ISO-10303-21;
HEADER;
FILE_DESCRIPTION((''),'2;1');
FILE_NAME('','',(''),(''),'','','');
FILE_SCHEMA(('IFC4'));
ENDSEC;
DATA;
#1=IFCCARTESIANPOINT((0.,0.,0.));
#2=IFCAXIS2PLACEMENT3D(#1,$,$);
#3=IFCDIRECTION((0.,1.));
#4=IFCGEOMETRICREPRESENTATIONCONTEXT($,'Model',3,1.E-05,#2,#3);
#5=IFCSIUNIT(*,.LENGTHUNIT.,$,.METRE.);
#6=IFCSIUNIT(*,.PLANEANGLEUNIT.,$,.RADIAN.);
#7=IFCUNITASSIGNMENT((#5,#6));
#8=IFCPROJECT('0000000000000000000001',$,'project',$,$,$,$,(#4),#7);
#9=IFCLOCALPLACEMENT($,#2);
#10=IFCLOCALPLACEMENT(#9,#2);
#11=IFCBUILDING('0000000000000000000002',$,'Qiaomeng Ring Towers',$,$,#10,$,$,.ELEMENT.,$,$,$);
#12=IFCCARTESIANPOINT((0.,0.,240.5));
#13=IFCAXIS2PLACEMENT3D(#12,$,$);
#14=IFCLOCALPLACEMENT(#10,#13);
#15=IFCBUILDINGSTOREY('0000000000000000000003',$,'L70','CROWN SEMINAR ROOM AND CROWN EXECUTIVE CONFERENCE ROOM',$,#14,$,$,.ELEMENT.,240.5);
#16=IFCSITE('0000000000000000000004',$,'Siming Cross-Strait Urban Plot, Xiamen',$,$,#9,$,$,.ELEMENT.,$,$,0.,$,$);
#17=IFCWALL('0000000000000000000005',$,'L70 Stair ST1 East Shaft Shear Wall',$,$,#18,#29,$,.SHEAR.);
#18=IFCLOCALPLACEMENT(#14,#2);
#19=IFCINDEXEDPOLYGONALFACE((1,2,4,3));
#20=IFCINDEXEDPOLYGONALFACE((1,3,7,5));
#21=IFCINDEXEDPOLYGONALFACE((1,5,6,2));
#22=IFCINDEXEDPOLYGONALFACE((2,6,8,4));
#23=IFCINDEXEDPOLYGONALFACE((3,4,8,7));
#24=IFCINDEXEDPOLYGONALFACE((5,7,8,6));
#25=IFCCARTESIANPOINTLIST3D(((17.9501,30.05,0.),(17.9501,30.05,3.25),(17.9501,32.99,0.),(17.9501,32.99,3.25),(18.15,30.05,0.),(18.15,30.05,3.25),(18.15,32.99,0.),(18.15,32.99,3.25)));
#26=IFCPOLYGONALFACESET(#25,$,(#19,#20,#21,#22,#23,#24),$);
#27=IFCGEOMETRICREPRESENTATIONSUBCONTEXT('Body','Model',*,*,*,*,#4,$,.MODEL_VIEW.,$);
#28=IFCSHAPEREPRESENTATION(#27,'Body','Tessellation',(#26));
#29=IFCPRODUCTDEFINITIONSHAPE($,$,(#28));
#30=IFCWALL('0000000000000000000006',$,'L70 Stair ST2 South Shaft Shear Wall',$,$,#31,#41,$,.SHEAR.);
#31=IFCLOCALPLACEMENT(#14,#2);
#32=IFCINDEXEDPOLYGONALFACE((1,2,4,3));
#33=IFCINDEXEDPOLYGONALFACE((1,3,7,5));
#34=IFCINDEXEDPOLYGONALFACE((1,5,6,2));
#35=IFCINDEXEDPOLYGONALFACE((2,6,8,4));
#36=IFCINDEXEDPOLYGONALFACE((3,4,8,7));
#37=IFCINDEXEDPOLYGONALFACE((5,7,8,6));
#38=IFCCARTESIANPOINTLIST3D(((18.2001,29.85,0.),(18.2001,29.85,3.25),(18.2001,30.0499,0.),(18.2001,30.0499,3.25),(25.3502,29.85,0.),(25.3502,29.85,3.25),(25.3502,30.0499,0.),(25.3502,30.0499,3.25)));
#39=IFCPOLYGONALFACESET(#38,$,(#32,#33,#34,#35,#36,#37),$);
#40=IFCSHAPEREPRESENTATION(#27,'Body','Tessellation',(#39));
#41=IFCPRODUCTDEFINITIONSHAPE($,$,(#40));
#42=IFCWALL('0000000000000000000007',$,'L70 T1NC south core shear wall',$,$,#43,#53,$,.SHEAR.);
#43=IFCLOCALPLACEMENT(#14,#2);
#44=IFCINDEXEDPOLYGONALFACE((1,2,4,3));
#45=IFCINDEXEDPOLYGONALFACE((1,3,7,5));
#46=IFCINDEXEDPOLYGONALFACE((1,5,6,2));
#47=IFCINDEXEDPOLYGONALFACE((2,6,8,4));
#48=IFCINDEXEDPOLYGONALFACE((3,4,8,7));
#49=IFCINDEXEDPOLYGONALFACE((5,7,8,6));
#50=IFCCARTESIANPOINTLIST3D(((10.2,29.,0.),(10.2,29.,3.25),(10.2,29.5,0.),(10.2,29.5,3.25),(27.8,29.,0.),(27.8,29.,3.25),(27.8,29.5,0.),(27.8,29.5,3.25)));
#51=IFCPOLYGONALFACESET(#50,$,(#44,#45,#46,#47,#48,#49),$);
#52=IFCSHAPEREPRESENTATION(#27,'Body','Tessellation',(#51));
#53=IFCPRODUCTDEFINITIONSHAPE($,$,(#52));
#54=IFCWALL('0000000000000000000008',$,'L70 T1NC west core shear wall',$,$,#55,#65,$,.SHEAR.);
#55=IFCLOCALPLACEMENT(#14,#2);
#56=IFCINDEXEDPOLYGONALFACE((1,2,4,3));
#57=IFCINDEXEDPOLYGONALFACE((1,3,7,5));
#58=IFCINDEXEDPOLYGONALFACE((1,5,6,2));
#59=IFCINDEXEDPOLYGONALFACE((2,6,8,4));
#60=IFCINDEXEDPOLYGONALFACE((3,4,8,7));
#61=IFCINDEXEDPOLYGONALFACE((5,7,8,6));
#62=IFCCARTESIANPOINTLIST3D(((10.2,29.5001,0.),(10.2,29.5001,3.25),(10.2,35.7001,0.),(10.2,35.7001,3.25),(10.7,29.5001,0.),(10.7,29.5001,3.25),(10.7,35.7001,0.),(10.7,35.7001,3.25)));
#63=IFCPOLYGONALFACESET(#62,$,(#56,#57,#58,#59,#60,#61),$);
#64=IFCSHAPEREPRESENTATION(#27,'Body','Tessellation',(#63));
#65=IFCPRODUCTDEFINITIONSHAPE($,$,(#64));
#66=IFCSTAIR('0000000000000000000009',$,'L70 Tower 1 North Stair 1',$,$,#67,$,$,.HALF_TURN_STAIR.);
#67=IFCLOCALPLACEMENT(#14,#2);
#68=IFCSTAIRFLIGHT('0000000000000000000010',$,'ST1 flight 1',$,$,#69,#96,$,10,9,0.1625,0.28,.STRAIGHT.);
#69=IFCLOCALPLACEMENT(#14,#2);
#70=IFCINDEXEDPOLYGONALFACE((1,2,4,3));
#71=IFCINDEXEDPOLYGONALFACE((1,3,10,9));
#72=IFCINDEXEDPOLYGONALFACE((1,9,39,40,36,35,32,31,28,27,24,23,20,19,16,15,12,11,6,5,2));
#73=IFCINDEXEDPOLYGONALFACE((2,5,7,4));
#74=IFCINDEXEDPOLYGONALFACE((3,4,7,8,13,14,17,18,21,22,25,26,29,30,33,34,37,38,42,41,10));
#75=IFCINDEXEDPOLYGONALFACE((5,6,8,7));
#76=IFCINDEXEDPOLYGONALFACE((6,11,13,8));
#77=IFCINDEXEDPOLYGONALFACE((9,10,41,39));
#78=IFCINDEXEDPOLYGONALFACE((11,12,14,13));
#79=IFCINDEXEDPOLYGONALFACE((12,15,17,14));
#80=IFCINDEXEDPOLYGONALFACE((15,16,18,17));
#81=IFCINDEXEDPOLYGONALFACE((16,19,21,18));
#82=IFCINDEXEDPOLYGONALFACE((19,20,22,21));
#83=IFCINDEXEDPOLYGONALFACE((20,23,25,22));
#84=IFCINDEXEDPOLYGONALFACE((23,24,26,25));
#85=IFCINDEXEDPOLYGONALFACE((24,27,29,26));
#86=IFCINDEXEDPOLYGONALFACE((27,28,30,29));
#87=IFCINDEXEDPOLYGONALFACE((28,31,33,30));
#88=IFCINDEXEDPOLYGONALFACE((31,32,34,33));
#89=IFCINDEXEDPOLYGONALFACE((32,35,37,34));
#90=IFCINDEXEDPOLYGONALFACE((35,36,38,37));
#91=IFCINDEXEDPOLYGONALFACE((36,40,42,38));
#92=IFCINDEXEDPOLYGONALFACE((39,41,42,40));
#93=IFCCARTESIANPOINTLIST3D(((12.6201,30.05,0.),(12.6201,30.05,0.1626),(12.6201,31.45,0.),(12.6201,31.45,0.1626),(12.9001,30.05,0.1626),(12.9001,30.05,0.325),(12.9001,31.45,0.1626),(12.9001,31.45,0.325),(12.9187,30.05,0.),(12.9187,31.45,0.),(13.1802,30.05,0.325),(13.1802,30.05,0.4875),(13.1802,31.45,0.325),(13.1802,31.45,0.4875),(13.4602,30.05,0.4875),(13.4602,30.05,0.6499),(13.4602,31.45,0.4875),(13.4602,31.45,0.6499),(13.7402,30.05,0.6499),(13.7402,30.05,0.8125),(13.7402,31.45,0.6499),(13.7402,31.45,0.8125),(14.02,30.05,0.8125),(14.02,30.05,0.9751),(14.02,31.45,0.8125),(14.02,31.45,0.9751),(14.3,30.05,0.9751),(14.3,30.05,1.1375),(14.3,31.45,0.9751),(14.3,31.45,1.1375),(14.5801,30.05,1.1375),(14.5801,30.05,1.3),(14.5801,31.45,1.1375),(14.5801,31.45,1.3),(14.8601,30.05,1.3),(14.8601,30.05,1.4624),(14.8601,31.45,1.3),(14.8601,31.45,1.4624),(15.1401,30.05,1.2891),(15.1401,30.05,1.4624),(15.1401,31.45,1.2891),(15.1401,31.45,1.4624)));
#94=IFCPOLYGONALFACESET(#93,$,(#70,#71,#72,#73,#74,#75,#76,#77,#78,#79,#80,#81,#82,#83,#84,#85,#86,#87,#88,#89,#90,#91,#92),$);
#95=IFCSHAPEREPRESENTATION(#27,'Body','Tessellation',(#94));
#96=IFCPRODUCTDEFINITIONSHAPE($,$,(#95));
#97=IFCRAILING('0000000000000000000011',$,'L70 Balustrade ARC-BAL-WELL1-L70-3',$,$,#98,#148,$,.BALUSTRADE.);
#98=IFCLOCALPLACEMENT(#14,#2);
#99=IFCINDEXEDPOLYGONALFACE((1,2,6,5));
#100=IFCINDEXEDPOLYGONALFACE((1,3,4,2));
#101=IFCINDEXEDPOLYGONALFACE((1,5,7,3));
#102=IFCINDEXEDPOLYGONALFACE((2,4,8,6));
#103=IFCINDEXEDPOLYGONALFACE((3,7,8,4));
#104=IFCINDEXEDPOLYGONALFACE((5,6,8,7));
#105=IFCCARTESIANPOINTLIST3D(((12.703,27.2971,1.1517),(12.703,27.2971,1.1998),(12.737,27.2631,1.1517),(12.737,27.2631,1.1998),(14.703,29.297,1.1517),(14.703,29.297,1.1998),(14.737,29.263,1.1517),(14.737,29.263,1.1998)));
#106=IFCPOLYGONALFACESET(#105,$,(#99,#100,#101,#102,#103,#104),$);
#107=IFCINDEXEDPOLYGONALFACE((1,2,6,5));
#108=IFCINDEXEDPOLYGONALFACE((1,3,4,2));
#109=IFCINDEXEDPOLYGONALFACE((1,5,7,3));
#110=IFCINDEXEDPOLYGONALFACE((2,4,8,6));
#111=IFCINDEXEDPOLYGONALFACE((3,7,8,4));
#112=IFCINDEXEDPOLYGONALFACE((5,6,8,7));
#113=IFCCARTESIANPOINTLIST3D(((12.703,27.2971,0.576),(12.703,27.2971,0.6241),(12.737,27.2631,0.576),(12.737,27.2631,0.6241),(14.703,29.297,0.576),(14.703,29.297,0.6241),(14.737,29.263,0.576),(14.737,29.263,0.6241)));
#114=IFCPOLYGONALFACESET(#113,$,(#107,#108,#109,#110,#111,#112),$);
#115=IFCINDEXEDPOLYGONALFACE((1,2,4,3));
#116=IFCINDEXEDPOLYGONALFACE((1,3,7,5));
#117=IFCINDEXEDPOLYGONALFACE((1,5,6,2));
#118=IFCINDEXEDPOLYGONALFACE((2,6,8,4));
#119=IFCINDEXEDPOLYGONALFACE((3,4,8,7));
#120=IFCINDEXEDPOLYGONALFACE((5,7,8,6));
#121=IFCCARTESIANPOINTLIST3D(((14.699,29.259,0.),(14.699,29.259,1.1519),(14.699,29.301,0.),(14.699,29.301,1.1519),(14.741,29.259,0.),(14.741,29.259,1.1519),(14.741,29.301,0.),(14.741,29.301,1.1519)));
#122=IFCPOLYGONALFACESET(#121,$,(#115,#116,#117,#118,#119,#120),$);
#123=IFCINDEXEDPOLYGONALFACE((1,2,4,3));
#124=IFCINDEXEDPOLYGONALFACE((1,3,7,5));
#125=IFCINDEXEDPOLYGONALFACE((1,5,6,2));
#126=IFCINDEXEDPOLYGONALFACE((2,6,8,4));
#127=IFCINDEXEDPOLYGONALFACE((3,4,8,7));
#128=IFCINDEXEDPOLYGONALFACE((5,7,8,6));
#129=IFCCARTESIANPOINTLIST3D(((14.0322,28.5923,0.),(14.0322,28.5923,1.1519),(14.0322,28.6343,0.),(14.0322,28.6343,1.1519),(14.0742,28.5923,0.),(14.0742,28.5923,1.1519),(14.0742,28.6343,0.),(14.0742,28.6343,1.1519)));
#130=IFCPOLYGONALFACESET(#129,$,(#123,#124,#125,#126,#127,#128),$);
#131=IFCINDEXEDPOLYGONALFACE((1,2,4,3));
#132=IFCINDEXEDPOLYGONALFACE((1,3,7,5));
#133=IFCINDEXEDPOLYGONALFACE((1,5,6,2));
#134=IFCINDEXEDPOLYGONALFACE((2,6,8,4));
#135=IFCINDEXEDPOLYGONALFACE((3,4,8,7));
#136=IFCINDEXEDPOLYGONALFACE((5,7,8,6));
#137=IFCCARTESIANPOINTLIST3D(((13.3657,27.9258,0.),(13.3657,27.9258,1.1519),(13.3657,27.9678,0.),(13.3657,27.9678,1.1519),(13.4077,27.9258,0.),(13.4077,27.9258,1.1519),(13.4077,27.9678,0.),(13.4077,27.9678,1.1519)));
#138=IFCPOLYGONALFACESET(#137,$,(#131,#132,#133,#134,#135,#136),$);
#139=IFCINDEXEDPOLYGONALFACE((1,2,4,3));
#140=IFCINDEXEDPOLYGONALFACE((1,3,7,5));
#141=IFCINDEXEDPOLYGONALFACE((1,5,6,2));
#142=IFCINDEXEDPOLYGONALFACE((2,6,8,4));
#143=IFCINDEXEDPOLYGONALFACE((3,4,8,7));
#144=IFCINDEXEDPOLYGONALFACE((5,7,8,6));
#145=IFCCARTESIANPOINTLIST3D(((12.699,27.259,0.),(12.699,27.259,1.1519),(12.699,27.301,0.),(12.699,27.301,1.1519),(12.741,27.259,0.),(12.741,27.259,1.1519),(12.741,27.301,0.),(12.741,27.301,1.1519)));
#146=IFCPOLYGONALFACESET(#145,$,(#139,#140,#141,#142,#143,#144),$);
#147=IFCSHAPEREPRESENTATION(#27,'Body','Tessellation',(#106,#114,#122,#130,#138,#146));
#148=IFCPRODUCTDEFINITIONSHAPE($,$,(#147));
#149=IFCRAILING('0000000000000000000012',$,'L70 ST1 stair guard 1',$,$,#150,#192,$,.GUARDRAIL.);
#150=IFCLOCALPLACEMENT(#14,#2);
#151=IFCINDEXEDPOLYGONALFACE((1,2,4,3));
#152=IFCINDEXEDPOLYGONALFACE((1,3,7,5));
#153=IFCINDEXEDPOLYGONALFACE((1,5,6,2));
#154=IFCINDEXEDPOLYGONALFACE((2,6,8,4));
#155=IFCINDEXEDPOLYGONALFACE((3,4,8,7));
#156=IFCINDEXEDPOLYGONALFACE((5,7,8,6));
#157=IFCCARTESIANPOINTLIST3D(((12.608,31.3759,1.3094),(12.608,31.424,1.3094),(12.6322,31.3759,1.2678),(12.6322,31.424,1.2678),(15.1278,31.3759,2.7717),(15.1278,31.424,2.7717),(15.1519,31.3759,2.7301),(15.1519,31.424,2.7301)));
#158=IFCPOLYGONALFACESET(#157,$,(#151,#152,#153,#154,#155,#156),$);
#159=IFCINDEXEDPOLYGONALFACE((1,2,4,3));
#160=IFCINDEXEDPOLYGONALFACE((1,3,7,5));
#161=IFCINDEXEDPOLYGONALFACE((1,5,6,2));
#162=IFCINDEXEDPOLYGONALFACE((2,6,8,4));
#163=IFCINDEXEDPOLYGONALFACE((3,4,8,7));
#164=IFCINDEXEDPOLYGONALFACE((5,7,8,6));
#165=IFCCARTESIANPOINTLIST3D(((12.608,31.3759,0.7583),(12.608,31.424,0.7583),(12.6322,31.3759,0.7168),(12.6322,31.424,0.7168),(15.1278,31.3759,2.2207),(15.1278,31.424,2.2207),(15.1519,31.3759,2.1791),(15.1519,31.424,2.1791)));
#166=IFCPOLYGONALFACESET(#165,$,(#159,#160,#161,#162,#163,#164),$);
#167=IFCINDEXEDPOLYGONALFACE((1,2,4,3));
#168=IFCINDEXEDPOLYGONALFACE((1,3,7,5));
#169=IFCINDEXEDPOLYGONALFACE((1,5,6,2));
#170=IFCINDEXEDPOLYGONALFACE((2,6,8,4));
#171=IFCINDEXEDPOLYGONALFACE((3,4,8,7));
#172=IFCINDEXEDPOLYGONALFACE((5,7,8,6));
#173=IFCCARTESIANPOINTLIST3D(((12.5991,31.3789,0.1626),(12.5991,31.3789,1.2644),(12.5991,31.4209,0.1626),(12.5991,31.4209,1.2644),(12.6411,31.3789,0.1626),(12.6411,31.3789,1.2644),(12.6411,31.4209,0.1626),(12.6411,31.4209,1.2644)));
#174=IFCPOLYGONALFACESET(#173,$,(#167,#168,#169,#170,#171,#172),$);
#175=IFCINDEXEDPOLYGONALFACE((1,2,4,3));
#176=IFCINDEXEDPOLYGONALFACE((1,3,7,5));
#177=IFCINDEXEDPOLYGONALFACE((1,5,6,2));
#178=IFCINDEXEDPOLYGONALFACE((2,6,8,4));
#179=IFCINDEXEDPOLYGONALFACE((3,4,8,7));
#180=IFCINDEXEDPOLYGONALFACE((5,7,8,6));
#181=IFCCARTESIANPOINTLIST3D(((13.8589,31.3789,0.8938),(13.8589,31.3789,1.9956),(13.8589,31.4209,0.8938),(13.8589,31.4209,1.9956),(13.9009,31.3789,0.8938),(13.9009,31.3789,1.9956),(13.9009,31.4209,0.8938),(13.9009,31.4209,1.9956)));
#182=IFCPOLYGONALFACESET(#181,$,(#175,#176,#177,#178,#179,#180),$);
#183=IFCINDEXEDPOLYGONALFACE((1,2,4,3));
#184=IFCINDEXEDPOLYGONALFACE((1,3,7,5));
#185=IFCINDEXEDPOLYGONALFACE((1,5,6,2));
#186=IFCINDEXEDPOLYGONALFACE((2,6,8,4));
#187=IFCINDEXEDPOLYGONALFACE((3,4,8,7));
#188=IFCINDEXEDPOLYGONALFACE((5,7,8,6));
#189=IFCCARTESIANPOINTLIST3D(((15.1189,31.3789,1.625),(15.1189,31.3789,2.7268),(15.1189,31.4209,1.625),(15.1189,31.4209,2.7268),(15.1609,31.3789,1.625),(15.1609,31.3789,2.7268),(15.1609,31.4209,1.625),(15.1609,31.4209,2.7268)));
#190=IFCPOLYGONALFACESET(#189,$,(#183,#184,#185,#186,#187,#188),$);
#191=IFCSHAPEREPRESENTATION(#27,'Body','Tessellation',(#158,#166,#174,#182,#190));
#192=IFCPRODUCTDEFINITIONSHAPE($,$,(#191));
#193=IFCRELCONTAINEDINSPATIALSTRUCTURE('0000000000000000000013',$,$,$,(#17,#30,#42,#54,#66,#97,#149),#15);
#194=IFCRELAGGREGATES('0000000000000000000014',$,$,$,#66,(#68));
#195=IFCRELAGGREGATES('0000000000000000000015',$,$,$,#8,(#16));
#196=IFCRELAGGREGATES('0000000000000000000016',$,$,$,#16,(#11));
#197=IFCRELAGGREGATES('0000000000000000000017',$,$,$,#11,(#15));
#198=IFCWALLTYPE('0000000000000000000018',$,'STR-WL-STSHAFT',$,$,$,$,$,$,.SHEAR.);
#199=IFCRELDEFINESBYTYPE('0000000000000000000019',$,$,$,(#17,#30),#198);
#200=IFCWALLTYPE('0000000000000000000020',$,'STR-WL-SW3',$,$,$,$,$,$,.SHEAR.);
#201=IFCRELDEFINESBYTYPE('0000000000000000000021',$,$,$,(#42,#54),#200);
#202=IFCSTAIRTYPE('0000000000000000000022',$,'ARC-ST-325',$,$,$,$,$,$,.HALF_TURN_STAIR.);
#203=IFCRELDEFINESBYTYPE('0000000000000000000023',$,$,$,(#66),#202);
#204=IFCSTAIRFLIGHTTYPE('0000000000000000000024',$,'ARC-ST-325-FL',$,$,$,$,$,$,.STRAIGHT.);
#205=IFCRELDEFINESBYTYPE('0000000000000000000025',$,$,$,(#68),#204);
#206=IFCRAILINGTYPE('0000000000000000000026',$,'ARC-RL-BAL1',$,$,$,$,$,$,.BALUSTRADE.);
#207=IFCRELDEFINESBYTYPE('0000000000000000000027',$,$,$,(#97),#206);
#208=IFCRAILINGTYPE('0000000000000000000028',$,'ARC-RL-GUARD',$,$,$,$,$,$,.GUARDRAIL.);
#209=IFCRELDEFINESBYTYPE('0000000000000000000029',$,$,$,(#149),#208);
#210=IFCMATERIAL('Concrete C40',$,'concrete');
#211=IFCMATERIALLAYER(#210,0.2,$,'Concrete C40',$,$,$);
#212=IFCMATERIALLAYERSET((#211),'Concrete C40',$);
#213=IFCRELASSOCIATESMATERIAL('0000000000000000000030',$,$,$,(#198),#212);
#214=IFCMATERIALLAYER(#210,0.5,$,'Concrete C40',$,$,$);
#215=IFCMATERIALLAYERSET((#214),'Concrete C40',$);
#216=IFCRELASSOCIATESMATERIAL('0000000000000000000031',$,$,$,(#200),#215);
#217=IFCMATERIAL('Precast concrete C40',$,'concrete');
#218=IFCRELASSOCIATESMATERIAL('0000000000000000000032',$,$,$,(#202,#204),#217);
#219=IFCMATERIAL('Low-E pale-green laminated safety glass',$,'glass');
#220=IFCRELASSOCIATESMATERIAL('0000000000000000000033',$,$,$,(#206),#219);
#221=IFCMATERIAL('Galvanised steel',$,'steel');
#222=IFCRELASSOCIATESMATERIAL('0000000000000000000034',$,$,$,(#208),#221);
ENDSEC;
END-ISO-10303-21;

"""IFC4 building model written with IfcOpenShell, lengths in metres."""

from ifc_helpers import new_model, si_unit, direction, frame, frame_2d, origin, origin_2d, place, context, subcontext, project, spatial, polyline, rectangle, outline, extrude, source, transform, mapped, material, layer, layer_set, type_object, element, aggregate, save


model = new_model("IFC4")

# Units and contexts
model_context = context("Model", 3, precision=1e-05, world=origin(), true_north=direction((0.0, 1.0)))
body_context = subcontext(model_context, "Body", "Model", "MODEL_VIEW")
ifc_project = project(units=[si_unit("LENGTHUNIT", "METRE"), si_unit("PLANEANGLEUNIT", "RADIAN")], contexts=[model_context])

# Site, building, storey
site_placement = place(None, origin())
site = spatial("IfcSite", under=ifc_project, at=site_placement, Name="Siming Cross-Strait Urban Plot, Xiamen", CompositionType="ELEMENT", RefElevation=0.0)
building_placement = place(site_placement, origin())
building = spatial("IfcBuilding", under=site, at=building_placement, Name="Qiaomeng Ring Towers", CompositionType="ELEMENT")
storey_placement = place(building_placement, frame((0.0, 0.0, 240.5)))
storey = spatial("IfcBuildingStorey", under=building, at=storey_placement, Name="L70", Description="CROWN SEMINAR ROOM AND CROWN EXECUTIVE CONFERENCE ROOM", CompositionType="ELEMENT", Elevation=240.5)

# Shared definitions
ifc_material_1 = material(Name="Concrete C40", Category="concrete")

# Walls
ifc_layer_1 = layer(ifc_material_1, 0.2, Name="Concrete C40")
ifc_layer_set_1 = layer_set([ifc_layer_1], Name="Concrete C40")
wall_type_1 = type_object("IfcWallType", Name="STR-WL-STSHAFT", PredefinedType="SHEAR", material=ifc_layer_set_1)
for number, where, z_axis, x_axis, name in (
    (1, (18.05, 30.05, 0.0), (0.0, 0.0, 1.0), (0.0, 1.0, 0.0), "L70 Stair ST1 East Shaft Shear Wall"),
):
    element("IfcWall", number, at=place(storey_placement, frame(where, z_axis=z_axis, x_axis=x_axis)), inside=storey, type_object=wall_type_1, Name=name, PredefinedType="SHEAR", context=body_context, shape_type="SweptSolid", body=[
        extrude(rectangle(XDim=2.9399, YDim=0.2, at=frame_2d((1.47, 0.0))), origin(), (0.0, 0.0, 1.0), 3.25),
    ])
wall_1_placement = place(storey_placement, frame((18.2, 29.95, 0.0), z_axis=(0.0, 0.0, 1.0), x_axis=(1.0, 0.0, 0.0)))
element("IfcWall", 2, at=wall_1_placement, inside=storey, type_object=wall_type_1, Name="L70 Stair ST2 South Shaft Shear Wall", PredefinedType="SHEAR", context=body_context, shape_type="SweptSolid", body=[
    extrude(rectangle(XDim=7.1501, YDim=0.2, at=frame_2d((3.5752, 0.0))), origin(), (0.0, 0.0, 1.0), 3.25),
])
ifc_layer_2 = layer(ifc_material_1, 0.5, Name="Concrete C40")
ifc_layer_set_2 = layer_set([ifc_layer_2], Name="Concrete C40")
wall_type_2 = type_object("IfcWallType", Name="STR-WL-SW3", PredefinedType="SHEAR", material=ifc_layer_set_2)
wall_2_placement = place(storey_placement, frame((10.2, 29.25, 0.0), z_axis=(0.0, 0.0, 1.0), x_axis=(1.0, 0.0, 0.0)))
element("IfcWall", 3, at=wall_2_placement, inside=storey, type_object=wall_type_2, Name="L70 T1NC south core shear wall", PredefinedType="SHEAR", context=body_context, shape_type="SweptSolid", body=[
    extrude(rectangle(XDim=17.6001, YDim=0.5, at=frame_2d((8.8, 0.0))), origin(), (0.0, 0.0, 1.0), 3.25),
])
wall_3_placement = place(storey_placement, frame((10.45, 29.5, 0.0), z_axis=(0.0, 0.0, 1.0), x_axis=(0.0, 1.0, 0.0)))
element("IfcWall", 4, at=wall_3_placement, inside=storey, type_object=wall_type_2, Name="L70 T1NC west core shear wall", PredefinedType="SHEAR", context=body_context, shape_type="SweptSolid", body=[
    extrude(rectangle(XDim=6.2, YDim=0.5, at=frame_2d((3.1001, 0.0))), origin(), (0.0, 0.0, 1.0), 3.25),
])

# Stair, stair flight
ifc_material_2 = material(Name="Precast concrete C40", Category="concrete")
stair_type = type_object("IfcStairType", Name="ARC-ST-325", PredefinedType="HALF_TURN_STAIR", material=ifc_material_2)
stair_placement = place(storey_placement, origin())
stair = element("IfcStair", 5, at=stair_placement, inside=storey, type_object=stair_type, Name="L70 Tower 1 North Stair 1", PredefinedType="HALF_TURN_STAIR")
stair_flight_type = type_object("IfcStairFlightType", Name="ARC-ST-325-FL", PredefinedType="STRAIGHT", material=ifc_material_2)
shared_shape_1 = source(origin(), body_context, "Body", "SweptSolid", [
    extrude(outline(polyline([(0.0, 0.0), (0.0, 0.1626), (0.28, 0.1626), (0.28, 0.325), (0.5601, 0.325), (0.5601, 0.4875), (0.8401, 0.4875), (0.8401, 0.6499), (1.1201, 0.6499), (1.1201, 0.8125), (1.3999, 0.8125), (1.3999, 0.9751), (1.6799, 0.9751), (1.6799, 1.1375), (1.96, 1.1375), (1.96, 1.3), (2.24, 1.3), (2.24, 1.4624), (2.52, 1.4624), (2.52, 1.625), (2.52, 1.2891), (0.2986, 0.0), (0.0, 0.0)])), frame((0.0, 0.7, 0.0), z_axis=(0.0, -1.0, 0.0), x_axis=(1.0, 0.0, 0.0)), (0.0, 0.0, 1.0), 1.3999),
])
stair_flight_placement = place(storey_placement, frame((12.6201, 30.75, 0.0), z_axis=(0.0, 0.0, 1.0), x_axis=(1.0, 0.0, 0.0)))
stair_flight = element("IfcStairFlight", 6, at=stair_flight_placement, type_object=stair_flight_type, Name="ST1 flight 1", NumberOfRisers=10, NumberOfTreads=9, PredefinedType="STRAIGHT", RiserHeight=0.1625, TreadLength=0.28, context=body_context, shape_type="MappedRepresentation", body=[
    mapped(shared_shape_1, transform((0.0, 0.0, 0.0), x_axis=(1.0, 0.0, 0.0), y_axis=(0.0, 1.0, 0.0), z_axis=(0.0, 0.0, 1.0), scale=1.0)),
])
aggregate(stair, [stair_flight])

# Railings
ifc_material_3 = material(Name="Low-E pale-green laminated safety glass", Category="glass")
railing_type_1 = type_object("IfcRailingType", Name="ARC-RL-BAL1", PredefinedType="BALUSTRADE", material=ifc_material_3)
railing_1_placement = place(storey_placement, frame((14.72, 29.28, 0.0)))
element("IfcRailing", 7, at=railing_1_placement, inside=storey, type_object=railing_type_1, Name="L70 Balustrade ARC-BAL-WELL1-L70-3", PredefinedType="BALUSTRADE", context=body_context, shape_type="SweptSolid", body=[
    extrude(rectangle(XDim=0.0481, YDim=0.0481, at=origin_2d()), frame((0.0, 0.0, 1.1758), z_axis=(-0.707107, -0.707107, 0.0), x_axis=(0.707107, -0.707107, 0.0)), (0.0, 0.0, 1.0), 2.8284),
    extrude(rectangle(XDim=0.0481, YDim=0.0481, at=origin_2d()), frame((0.0, 0.0, 0.6001), z_axis=(-0.707107, -0.707107, 0.0), x_axis=(0.707107, -0.707107, 0.0)), (0.0, 0.0, 1.0), 2.8284),
    extrude(rectangle(XDim=0.042, YDim=0.042, at=origin_2d()), origin(), (0.0, 0.0, 1.0), 1.1519),
    extrude(rectangle(XDim=0.042, YDim=0.042, at=origin_2d()), frame((-0.6667, -0.6667, 0.0)), (0.0, 0.0, 1.0), 1.1519),
    extrude(rectangle(XDim=0.042, YDim=0.042, at=origin_2d()), frame((-1.3333, -1.3333, 0.0)), (0.0, 0.0, 1.0), 1.1519),
    extrude(rectangle(XDim=0.042, YDim=0.042, at=origin_2d()), frame((-2.0, -2.0, 0.0)), (0.0, 0.0, 1.0), 1.1519),
])
ifc_material_4 = material(Name="Galvanised steel", Category="steel")
railing_type_2 = type_object("IfcRailingType", Name="ARC-RL-GUARD", PredefinedType="GUARDRAIL", material=ifc_material_4)
railing_2_placement = place(storey_placement, frame((12.6201, 31.3999, 0.1626)))
element("IfcRailing", 8, at=railing_2_placement, inside=storey, type_object=railing_type_2, Name="L70 ST1 stair guard 1", PredefinedType="GUARDRAIL", context=body_context, shape_type="SweptSolid", body=[
    extrude(rectangle(XDim=0.0481, YDim=0.0481, at=origin_2d()), frame((0.0, 0.0, 1.126), z_axis=(0.864892, 0.0, 0.501958), x_axis=(0.0, 1.0, 0.0)), (0.0, 0.0, 1.0), 2.9133),
    extrude(rectangle(XDim=0.0481, YDim=0.0481, at=origin_2d()), frame((0.0, 0.0, 0.575), z_axis=(0.864892, 0.0, 0.501958), x_axis=(0.0, 1.0, 0.0)), (0.0, 0.0, 1.0), 2.9133),
    extrude(rectangle(XDim=0.042, YDim=0.042, at=origin_2d()), origin(), (0.0, 0.0, 1.0), 1.1018),
    extrude(rectangle(XDim=0.042, YDim=0.042, at=origin_2d()), frame((1.2598, 0.0, 0.7312)), (0.0, 0.0, 1.0), 1.1018),
    extrude(rectangle(XDim=0.042, YDim=0.042, at=origin_2d()), frame((2.5198, 0.0, 1.4624)), (0.0, 0.0, 1.0), 1.1018),
])

save(model, "model.ifc")
